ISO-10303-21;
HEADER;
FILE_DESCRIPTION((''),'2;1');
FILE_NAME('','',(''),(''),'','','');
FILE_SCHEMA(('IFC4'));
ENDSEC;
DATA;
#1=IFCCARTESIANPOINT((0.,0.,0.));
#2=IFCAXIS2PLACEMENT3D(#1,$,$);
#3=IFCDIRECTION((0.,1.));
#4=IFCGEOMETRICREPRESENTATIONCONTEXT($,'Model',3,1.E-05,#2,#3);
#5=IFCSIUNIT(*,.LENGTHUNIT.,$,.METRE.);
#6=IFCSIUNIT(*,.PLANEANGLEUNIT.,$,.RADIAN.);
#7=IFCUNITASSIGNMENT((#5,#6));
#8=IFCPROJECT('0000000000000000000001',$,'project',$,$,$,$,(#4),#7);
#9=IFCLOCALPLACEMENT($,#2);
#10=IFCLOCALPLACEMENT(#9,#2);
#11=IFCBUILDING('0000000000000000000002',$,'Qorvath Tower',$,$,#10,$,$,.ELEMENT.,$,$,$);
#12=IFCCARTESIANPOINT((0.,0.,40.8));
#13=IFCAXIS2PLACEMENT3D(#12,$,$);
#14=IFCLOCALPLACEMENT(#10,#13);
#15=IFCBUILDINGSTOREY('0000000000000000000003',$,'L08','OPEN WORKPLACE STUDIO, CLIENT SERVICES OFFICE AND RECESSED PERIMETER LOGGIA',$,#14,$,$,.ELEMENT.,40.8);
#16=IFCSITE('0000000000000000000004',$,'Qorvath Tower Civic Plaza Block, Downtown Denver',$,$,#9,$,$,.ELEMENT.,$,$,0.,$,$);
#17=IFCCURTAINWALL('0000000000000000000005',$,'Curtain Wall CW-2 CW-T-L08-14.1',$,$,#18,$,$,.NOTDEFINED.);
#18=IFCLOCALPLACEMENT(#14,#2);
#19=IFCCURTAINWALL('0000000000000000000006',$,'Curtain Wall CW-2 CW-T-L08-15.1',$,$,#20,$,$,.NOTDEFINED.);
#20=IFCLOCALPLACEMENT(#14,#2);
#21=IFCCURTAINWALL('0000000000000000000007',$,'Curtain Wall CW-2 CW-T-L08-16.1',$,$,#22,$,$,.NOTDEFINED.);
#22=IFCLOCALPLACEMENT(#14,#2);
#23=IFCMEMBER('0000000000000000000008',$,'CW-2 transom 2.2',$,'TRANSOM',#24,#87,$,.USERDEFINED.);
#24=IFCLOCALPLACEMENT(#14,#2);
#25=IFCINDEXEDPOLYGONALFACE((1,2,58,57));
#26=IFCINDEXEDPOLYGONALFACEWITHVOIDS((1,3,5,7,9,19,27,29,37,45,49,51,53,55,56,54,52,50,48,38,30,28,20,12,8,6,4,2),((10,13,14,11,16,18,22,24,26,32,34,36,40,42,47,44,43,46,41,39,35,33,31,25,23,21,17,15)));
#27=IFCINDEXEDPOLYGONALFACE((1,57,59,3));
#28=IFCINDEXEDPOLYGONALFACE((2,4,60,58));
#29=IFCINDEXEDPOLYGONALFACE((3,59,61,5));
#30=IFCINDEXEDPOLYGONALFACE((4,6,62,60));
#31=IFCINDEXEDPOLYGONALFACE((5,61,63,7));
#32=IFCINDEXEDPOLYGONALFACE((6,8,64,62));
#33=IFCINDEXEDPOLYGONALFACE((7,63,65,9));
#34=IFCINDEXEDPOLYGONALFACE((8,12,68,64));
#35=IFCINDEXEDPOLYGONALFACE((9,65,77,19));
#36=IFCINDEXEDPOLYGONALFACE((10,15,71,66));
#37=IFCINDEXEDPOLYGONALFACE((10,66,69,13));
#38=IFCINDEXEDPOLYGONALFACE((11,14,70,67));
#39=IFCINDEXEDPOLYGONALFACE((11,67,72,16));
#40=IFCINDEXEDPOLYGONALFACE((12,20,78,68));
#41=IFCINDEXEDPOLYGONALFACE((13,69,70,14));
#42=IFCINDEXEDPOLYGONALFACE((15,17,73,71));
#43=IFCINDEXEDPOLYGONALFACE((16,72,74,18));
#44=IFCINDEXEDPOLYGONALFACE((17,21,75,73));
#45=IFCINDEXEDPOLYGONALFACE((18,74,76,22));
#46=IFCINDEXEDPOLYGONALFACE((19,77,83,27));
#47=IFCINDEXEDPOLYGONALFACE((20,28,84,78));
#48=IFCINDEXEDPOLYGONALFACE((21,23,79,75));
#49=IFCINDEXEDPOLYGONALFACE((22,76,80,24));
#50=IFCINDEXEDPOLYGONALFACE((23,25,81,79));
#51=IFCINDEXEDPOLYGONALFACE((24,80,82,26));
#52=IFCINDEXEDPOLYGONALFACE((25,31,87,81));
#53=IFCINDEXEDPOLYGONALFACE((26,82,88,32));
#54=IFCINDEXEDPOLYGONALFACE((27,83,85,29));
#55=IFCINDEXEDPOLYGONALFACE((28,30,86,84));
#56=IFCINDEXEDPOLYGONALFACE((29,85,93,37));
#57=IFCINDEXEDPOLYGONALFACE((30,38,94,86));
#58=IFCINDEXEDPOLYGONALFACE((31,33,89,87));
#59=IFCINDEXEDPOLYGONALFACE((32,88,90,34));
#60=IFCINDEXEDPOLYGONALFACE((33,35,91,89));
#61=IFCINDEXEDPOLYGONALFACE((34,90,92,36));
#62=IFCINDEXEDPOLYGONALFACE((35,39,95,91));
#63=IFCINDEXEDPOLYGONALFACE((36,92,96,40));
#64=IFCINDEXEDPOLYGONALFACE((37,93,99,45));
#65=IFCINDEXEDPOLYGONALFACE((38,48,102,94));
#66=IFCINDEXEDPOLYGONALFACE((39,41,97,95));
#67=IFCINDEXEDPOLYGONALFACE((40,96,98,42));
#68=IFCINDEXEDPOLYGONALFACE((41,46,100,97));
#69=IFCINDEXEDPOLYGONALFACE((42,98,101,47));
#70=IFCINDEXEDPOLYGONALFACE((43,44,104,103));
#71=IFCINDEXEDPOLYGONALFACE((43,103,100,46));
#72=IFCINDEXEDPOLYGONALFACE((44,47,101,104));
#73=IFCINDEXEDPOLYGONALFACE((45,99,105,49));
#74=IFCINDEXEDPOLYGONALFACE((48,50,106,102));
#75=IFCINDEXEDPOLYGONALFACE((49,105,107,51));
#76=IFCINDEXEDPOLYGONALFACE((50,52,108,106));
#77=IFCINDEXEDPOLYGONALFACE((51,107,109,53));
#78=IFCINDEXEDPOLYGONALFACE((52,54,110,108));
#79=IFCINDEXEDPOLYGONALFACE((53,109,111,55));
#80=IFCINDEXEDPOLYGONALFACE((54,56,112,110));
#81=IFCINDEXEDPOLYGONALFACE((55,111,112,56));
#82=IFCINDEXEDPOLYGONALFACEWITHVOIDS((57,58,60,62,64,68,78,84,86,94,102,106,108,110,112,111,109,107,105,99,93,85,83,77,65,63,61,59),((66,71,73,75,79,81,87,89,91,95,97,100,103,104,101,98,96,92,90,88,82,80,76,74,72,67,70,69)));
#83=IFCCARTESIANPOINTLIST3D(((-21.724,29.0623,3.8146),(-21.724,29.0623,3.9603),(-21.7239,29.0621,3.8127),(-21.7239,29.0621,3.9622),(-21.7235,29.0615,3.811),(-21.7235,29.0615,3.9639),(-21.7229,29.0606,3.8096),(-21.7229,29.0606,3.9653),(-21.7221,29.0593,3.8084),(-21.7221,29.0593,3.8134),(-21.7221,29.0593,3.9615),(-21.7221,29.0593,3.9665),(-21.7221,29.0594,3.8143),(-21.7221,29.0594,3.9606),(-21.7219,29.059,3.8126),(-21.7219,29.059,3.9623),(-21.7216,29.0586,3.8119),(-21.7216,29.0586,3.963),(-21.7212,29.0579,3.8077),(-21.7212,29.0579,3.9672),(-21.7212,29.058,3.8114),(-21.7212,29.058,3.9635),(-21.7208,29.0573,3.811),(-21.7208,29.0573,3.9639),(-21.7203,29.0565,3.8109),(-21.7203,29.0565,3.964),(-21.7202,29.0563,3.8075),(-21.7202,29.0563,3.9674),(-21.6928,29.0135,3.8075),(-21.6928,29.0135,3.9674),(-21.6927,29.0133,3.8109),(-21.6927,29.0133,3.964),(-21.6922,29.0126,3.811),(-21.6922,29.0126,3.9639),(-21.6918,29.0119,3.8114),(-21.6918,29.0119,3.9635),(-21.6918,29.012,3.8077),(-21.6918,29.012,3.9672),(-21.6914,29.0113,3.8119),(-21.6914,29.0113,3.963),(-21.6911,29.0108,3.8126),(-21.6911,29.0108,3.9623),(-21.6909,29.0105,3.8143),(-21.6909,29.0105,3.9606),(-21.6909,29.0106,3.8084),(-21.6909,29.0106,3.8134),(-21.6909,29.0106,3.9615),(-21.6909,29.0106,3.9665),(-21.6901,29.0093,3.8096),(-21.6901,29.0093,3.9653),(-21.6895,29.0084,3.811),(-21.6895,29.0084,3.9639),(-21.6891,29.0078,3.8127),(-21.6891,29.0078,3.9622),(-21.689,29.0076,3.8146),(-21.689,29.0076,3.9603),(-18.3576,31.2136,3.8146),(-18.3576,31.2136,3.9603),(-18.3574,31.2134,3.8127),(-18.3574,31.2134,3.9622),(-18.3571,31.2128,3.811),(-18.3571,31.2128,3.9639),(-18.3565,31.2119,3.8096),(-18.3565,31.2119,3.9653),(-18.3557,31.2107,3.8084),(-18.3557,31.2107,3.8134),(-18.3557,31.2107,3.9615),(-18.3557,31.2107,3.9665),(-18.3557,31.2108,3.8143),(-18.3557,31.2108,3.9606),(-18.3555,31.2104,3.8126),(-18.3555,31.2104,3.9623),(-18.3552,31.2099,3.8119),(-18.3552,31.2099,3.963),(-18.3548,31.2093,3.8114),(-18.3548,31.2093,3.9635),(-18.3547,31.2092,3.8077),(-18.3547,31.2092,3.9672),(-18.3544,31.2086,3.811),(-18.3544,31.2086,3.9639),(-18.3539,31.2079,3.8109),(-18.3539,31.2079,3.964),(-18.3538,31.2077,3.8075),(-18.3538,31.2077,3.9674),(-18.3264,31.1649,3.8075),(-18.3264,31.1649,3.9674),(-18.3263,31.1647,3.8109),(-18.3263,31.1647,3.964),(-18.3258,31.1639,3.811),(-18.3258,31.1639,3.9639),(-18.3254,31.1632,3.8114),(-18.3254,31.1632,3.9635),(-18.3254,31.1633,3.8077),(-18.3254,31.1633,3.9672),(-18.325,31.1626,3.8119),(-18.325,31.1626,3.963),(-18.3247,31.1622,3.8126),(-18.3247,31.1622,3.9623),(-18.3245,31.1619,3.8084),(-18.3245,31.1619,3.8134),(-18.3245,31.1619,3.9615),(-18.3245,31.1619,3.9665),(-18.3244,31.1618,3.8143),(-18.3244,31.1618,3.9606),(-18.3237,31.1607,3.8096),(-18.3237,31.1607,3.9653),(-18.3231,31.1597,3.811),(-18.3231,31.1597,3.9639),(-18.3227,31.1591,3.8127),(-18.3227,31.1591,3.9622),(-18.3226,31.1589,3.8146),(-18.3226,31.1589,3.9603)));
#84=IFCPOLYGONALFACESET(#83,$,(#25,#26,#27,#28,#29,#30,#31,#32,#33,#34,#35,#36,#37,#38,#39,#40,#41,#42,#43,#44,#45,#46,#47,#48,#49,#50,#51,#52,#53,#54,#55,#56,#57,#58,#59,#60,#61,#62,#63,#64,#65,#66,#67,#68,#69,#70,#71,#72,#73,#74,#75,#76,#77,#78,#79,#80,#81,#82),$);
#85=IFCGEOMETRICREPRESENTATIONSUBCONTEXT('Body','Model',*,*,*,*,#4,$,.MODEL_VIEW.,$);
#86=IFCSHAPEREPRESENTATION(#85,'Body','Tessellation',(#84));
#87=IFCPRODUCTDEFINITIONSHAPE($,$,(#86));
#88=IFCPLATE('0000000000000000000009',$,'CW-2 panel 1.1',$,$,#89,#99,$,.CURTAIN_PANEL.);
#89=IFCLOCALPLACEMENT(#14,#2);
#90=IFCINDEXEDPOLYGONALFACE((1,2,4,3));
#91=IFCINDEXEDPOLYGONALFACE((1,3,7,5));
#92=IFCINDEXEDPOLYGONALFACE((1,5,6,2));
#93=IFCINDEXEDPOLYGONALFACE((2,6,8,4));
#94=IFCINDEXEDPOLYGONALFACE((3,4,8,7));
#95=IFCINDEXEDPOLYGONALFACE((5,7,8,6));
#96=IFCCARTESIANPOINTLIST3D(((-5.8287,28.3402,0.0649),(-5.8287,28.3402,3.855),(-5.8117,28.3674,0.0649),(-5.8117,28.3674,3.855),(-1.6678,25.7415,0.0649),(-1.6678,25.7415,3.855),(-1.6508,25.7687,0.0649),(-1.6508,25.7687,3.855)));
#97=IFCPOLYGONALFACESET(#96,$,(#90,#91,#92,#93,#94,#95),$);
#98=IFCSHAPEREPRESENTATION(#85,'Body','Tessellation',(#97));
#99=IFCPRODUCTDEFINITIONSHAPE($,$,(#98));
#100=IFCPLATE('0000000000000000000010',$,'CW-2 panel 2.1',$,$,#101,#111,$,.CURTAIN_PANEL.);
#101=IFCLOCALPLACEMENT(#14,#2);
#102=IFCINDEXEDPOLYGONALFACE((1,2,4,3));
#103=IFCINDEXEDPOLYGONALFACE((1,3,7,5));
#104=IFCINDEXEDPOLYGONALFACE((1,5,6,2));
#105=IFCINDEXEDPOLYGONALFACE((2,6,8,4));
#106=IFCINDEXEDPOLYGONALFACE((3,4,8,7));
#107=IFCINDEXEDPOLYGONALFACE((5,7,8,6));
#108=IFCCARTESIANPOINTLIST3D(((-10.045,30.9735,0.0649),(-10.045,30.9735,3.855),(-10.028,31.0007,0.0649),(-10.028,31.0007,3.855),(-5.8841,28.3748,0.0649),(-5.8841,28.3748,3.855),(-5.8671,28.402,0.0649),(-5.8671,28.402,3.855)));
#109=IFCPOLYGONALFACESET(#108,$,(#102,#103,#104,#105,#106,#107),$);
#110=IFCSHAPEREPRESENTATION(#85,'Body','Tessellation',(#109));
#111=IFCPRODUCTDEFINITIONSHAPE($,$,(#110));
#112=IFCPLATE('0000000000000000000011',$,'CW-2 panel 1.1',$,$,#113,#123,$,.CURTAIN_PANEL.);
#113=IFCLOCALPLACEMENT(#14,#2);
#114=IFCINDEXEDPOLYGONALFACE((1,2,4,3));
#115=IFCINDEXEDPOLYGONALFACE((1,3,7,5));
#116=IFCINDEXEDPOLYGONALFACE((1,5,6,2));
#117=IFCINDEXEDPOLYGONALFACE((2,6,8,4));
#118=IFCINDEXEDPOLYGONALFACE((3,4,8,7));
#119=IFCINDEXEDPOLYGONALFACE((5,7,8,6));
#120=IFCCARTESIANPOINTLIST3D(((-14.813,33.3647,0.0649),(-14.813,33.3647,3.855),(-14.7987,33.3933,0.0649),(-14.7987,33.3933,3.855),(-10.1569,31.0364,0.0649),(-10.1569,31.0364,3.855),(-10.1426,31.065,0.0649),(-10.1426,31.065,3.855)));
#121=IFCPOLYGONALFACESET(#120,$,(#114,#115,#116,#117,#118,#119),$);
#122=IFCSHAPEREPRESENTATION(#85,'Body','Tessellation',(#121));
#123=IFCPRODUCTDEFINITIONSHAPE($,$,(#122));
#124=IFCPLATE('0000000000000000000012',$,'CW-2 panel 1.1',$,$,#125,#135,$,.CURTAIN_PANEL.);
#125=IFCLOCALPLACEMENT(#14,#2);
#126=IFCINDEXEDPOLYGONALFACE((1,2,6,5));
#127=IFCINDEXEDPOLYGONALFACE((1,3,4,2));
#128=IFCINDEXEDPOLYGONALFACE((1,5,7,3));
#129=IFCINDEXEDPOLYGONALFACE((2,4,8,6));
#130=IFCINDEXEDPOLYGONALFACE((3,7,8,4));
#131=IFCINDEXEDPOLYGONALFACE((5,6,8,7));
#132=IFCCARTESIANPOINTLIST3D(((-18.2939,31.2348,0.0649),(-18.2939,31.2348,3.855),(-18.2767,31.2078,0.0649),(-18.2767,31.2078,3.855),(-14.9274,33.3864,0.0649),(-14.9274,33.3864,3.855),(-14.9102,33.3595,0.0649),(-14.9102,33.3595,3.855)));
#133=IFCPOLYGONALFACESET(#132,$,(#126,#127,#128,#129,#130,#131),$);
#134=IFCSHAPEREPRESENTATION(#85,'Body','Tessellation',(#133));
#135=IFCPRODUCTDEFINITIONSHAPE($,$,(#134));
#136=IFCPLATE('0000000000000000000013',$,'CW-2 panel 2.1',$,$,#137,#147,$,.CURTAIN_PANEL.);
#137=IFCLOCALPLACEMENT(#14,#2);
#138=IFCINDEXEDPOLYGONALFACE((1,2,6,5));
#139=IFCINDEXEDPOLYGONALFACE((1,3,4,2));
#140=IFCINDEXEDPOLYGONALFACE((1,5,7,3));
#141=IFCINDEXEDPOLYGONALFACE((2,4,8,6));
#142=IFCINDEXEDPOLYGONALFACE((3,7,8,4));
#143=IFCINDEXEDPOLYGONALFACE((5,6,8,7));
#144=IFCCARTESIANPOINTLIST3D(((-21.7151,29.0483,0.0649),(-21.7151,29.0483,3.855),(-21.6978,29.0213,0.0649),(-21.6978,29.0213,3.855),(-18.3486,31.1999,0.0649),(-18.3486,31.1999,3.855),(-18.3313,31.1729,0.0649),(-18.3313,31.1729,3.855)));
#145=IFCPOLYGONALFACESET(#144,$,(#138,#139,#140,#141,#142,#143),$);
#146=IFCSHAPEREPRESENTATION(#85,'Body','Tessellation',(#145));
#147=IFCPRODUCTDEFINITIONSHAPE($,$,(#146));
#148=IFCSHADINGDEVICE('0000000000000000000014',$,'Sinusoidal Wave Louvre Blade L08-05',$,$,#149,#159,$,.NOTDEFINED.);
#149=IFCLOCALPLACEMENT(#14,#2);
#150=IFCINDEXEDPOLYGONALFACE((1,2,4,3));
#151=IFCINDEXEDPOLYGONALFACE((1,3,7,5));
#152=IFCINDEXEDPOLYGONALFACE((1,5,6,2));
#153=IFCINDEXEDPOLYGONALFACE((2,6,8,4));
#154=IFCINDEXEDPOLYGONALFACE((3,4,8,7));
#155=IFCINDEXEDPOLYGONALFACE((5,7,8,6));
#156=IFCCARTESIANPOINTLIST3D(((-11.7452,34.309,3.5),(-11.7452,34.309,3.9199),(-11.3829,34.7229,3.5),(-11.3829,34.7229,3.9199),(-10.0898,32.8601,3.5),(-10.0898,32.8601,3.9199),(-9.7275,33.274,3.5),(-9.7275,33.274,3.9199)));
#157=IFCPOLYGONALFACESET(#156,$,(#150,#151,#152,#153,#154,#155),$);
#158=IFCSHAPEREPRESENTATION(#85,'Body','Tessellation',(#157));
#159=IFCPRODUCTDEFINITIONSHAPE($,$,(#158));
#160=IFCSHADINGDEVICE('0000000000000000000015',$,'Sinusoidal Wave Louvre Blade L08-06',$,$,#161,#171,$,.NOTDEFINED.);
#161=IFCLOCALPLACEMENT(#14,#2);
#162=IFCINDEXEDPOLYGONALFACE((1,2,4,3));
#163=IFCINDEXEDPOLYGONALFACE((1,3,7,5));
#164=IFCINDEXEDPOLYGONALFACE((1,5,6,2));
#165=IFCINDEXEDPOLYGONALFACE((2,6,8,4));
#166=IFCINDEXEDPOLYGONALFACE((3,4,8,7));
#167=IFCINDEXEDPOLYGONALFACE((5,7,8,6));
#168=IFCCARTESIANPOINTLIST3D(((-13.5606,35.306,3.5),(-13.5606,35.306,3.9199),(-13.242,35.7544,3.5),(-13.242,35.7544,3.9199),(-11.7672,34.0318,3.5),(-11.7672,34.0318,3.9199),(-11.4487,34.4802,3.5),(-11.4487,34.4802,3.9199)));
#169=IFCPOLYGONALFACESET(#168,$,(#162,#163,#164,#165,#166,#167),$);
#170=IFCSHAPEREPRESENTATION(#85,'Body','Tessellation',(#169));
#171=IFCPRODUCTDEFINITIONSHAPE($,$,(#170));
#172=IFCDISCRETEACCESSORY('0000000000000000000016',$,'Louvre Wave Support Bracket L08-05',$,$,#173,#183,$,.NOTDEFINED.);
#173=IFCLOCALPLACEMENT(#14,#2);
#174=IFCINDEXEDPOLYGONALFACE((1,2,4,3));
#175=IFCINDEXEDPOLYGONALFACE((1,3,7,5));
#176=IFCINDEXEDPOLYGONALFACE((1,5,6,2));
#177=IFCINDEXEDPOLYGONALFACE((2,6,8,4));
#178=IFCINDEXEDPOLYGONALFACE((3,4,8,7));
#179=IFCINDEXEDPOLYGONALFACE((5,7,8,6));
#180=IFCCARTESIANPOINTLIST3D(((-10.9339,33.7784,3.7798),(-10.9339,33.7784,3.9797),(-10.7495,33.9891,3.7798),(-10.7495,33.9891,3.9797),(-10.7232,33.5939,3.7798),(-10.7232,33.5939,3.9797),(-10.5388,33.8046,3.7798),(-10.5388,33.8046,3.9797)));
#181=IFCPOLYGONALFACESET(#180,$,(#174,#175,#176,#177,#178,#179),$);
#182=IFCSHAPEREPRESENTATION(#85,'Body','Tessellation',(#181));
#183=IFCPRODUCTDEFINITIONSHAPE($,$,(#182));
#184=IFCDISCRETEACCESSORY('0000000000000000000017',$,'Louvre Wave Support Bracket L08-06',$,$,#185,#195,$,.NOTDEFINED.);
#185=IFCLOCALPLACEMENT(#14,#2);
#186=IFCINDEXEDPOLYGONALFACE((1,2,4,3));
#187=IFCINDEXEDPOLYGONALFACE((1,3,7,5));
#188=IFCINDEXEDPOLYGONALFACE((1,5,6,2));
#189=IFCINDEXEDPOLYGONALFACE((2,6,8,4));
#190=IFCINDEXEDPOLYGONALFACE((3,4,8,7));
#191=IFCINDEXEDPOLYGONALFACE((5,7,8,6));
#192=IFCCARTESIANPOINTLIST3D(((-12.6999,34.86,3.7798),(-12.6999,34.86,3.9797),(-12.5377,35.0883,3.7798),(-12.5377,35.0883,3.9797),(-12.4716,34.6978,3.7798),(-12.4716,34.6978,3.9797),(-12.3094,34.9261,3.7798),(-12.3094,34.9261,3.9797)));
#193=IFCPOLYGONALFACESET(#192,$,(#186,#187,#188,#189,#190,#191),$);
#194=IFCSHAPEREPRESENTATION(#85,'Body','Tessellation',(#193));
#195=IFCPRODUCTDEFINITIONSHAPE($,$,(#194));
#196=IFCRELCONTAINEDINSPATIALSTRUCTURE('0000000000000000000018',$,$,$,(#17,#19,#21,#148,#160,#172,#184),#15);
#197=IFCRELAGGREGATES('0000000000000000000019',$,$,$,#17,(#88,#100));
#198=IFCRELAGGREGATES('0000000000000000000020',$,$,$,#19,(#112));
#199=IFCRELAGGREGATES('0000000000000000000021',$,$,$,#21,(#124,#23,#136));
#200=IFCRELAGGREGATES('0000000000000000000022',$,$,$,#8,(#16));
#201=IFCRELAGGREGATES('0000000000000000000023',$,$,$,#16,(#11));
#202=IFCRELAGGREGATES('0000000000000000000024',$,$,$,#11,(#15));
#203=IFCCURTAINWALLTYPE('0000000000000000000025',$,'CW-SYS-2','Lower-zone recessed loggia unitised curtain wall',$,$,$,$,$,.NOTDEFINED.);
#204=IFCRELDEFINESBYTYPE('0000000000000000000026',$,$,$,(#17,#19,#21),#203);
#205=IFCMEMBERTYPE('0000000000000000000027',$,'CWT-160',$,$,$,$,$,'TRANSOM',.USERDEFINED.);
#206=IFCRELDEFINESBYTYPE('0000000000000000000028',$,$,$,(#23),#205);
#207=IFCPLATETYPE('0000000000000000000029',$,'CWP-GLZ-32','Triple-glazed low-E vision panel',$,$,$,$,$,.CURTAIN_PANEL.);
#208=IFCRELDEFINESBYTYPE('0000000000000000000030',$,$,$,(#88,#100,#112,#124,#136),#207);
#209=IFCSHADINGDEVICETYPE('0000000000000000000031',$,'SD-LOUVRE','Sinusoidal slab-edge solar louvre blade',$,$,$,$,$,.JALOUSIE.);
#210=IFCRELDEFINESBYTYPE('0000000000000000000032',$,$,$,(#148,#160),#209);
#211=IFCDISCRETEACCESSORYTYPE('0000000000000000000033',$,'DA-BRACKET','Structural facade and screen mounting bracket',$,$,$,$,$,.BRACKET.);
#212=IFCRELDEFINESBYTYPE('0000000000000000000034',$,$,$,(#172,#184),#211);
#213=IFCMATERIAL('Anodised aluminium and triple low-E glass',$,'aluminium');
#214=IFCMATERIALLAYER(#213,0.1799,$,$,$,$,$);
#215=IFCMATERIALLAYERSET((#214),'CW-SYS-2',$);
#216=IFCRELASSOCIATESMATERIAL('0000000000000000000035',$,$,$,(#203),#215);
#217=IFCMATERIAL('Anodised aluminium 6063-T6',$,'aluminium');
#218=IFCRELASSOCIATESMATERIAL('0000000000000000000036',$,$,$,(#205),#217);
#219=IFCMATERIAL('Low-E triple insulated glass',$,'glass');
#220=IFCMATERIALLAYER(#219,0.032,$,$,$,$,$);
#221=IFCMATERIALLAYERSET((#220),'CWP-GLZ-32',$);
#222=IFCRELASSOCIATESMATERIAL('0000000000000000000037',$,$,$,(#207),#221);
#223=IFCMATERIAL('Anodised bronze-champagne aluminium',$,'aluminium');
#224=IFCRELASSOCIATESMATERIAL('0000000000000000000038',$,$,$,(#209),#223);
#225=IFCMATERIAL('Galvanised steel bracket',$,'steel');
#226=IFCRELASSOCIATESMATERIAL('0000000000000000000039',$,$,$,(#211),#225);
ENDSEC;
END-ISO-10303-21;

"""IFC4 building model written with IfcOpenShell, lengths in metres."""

from ifc_helpers import new_model, si_unit, direction, frame, origin, origin_2d, place, context, subcontext, project, spatial, rectangle, hollow_rectangle, extrude, material, layer, layer_set, material_profile, profile_set, type_object, element, aggregate, save


model = new_model("IFC4")

# Units and contexts
model_context = context("Model", 3, precision=1e-05, world=origin(), true_north=direction((0.0, 1.0)))
body_context = subcontext(model_context, "Body", "Model", "MODEL_VIEW")
ifc_project = project(units=[si_unit("LENGTHUNIT", "METRE"), si_unit("PLANEANGLEUNIT", "RADIAN")], contexts=[model_context])

# Site, building, storey
site_placement = place(None, origin())
site = spatial("IfcSite", under=ifc_project, at=site_placement, Name="Qorvath Tower Civic Plaza Block, Downtown Denver", CompositionType="ELEMENT", RefElevation=0.0)
building_placement = place(site_placement, origin())
building = spatial("IfcBuilding", under=site, at=building_placement, Name="Qorvath Tower", CompositionType="ELEMENT")
storey_placement = place(building_placement, frame((0.0, 0.0, 40.8)))
storey = spatial("IfcBuildingStorey", under=building, at=storey_placement, Name="L08", Description="OPEN WORKPLACE STUDIO, CLIENT SERVICES OFFICE AND RECESSED PERIMETER LOGGIA", CompositionType="ELEMENT", Elevation=40.8)

# Curtain walls
ifc_material_1 = material(Name="Anodised aluminium and triple low-E glass", Category="aluminium")
ifc_layer_1 = layer(ifc_material_1, 0.1799)
ifc_layer_set_1 = layer_set([ifc_layer_1], Name="CW-SYS-2")
curtain_wall_type = type_object("IfcCurtainWallType", Name="CW-SYS-2", Description="Lower-zone recessed loggia unitised curtain wall", PredefinedType="NOTDEFINED", material=ifc_layer_set_1)
curtain_wall_1_placement = place(storey_placement, origin())
curtain_wall_1 = element("IfcCurtainWall", 1, at=curtain_wall_1_placement, inside=storey, type_object=curtain_wall_type, Name="Curtain Wall CW-2 CW-T-L08-14.1", PredefinedType="NOTDEFINED")
curtain_wall_2_placement = place(storey_placement, origin())
curtain_wall_2 = element("IfcCurtainWall", 2, at=curtain_wall_2_placement, inside=storey, type_object=curtain_wall_type, Name="Curtain Wall CW-2 CW-T-L08-15.1", PredefinedType="NOTDEFINED")
curtain_wall_3_placement = place(storey_placement, origin())
curtain_wall_3 = element("IfcCurtainWall", 3, at=curtain_wall_3_placement, inside=storey, type_object=curtain_wall_type, Name="Curtain Wall CW-2 CW-T-L08-16.1", PredefinedType="NOTDEFINED")

# Member
ifc_material_2 = material(Name="Anodised aluminium 6063-T6", Category="aluminium")
ifc_material_profile_1 = material_profile(ifc_material_2, hollow_rectangle(XDim=0.0649, YDim=0.1599, WallThickness=0.0034, InnerFilletRadius=0.0034, OuterFilletRadius=0.0071, at=origin_2d()), Name="CWT 160x65")
ifc_profile_set_1 = profile_set([ifc_material_profile_1], Name="Anodised aluminium 6063-T6")
member_type_1 = type_object("IfcMemberType", Name="CWT-160", ElementType="TRANSOM", PredefinedType="USERDEFINED", material=ifc_profile_set_1)
member_1_placement = place(storey_placement, frame((-18.3401, 31.1863, 3.8875), z_axis=(-0.842631, -0.538492, 0.0), x_axis=(0.538492, -0.842631, 0.0)))
member_1 = element("IfcMember", 4, at=member_1_placement, type_object=member_type_1, Name="CW-2 transom 2.2", ObjectType="TRANSOM", PredefinedType="USERDEFINED", context=body_context, shape_type="SweptSolid", body=[
    extrude(hollow_rectangle(XDim=0.0649, YDim=0.1599, WallThickness=0.0034, InnerFilletRadius=0.0034, OuterFilletRadius=0.0071, at=origin_2d()), origin(), (0.0, 0.0, 1.0), 3.9951),
])

# Plates
ifc_material_3 = material(Name="Low-E triple insulated glass", Category="glass")
ifc_layer_2 = layer(ifc_material_3, 0.032)
ifc_layer_set_2 = layer_set([ifc_layer_2], Name="CWP-GLZ-32")
plate_type = type_object("IfcPlateType", Name="CWP-GLZ-32", Description="Triple-glazed low-E vision panel", PredefinedType="CURTAIN_PANEL", material=ifc_layer_set_2)
plate_1_placement = place(storey_placement, frame((-3.7397, 27.0544, 0.0649), z_axis=(0.0, 0.0, 1.0), x_axis=(-0.84817, 0.529724, 0.0)))
plate_1 = element("IfcPlate", 5, at=plate_1_placement, type_object=plate_type, Name="CW-2 panel 1.1", PredefinedType="CURTAIN_PANEL", context=body_context, shape_type="SweptSolid", body=[
    extrude(rectangle(XDim=4.9058, YDim=0.032, at=origin_2d()), origin(), (0.0, 0.0, 1.0), 3.79),
])
plate_2_placement = place(storey_placement, frame((-7.9561, 29.6877, 0.0649), z_axis=(0.0, 0.0, 1.0), x_axis=(-0.84817, 0.529724, 0.0)))
plate_2 = element("IfcPlate", 6, at=plate_2_placement, type_object=plate_type, Name="CW-2 panel 2.1", PredefinedType="CURTAIN_PANEL", context=body_context, shape_type="SweptSolid", body=[
    extrude(rectangle(XDim=4.9058, YDim=0.032, at=origin_2d()), origin(), (0.0, 0.0, 1.0), 3.79),
])
aggregate(curtain_wall_1, [plate_1, plate_2])
plate_3_placement = place(storey_placement, frame((-12.4778, 32.2148, 0.0649), z_axis=(0.0, 0.0, 1.0), x_axis=(-0.894405, 0.447259, 0.0)))
plate_3 = element("IfcPlate", 7, at=plate_3_placement, type_object=plate_type, Name="CW-2 panel 1.1", PredefinedType="CURTAIN_PANEL", context=body_context, shape_type="SweptSolid", body=[
    extrude(rectangle(XDim=5.2058, YDim=0.032, at=origin_2d()), origin(), (0.0, 0.0, 1.0), 3.79),
])
aggregate(curtain_wall_2, [plate_3])
plate_4_placement = place(storey_placement, frame((-16.6021, 32.2971, 0.0649), z_axis=(0.0, 0.0, 1.0), x_axis=(-0.842604, -0.538533, 0.0)))
plate_4 = element("IfcPlate", 8, at=plate_4_placement, type_object=plate_type, Name="CW-2 panel 1.1", PredefinedType="CURTAIN_PANEL", context=body_context, shape_type="SweptSolid", body=[
    extrude(rectangle(XDim=3.9954, YDim=0.032, at=origin_2d()), origin(), (0.0, 0.0, 1.0), 3.79),
])
plate_5_placement = place(storey_placement, frame((-20.0232, 30.1106, 0.0649), z_axis=(0.0, 0.0, 1.0), x_axis=(-0.842604, -0.538533, 0.0)))
plate_5 = element("IfcPlate", 9, at=plate_5_placement, type_object=plate_type, Name="CW-2 panel 2.1", PredefinedType="CURTAIN_PANEL", context=body_context, shape_type="SweptSolid", body=[
    extrude(rectangle(XDim=3.9954, YDim=0.032, at=origin_2d()), origin(), (0.0, 0.0, 1.0), 3.79),
])
aggregate(curtain_wall_3, [plate_4, member_1, plate_5])

# Shading devices
ifc_material_4 = material(Name="Anodised bronze-champagne aluminium", Category="aluminium")
shading_device_type = type_object("IfcShadingDeviceType", Name="SD-LOUVRE", Description="Sinusoidal slab-edge solar louvre blade", PredefinedType="JALOUSIE", material=ifc_material_4)
for number, where, z_axis, x_axis, name in (
    (10, (-10.7363, 33.7915, 3.5), (0.0, 0.0, 1.0), (-0.752465, 0.658632, 0.0), "Sinusoidal Wave Louvre Blade L08-05"),
    (11, (-12.5046, 34.8931, 3.5), (0.0, 0.0, 1.0), (-0.815188, 0.579196, 0.0), "Sinusoidal Wave Louvre Blade L08-06"),
):
    element("IfcShadingDevice", number, at=place(storey_placement, frame(where, z_axis=z_axis, x_axis=x_axis)), inside=storey, type_object=shading_device_type, Name=name, PredefinedType="NOTDEFINED", context=body_context, shape_type="SweptSolid", body=[
        extrude(rectangle(XDim=2.2, YDim=0.55, at=origin_2d()), origin(), (0.0, 0.0, 1.0), 0.4199),
    ])

# Discrete accessories
ifc_material_5 = material(Name="Galvanised steel bracket", Category="steel")
discrete_accessory_type = type_object("IfcDiscreteAccessoryType", Name="DA-BRACKET", Description="Structural facade and screen mounting bracket", PredefinedType="BRACKET", material=ifc_material_5)
for number, where, z_axis, x_axis, name in (
    (12, (-10.7363, 33.7915, 3.7798), (0.0, 0.0, 1.0), (-0.752465, 0.658632, 0.0), "Louvre Wave Support Bracket L08-05"),
    (13, (-12.5046, 34.8931, 3.7798), (0.0, 0.0, 1.0), (-0.815188, 0.579196, 0.0), "Louvre Wave Support Bracket L08-06"),
):
    element("IfcDiscreteAccessory", number, at=place(storey_placement, frame(where, z_axis=z_axis, x_axis=x_axis)), inside=storey, type_object=discrete_accessory_type, Name=name, PredefinedType="NOTDEFINED", context=body_context, shape_type="SweptSolid", body=[
        extrude(rectangle(XDim=0.28, YDim=0.28, at=origin_2d()), origin(), (0.0, 0.0, 1.0), 0.2),
    ])

save(model, "model.ifc")
